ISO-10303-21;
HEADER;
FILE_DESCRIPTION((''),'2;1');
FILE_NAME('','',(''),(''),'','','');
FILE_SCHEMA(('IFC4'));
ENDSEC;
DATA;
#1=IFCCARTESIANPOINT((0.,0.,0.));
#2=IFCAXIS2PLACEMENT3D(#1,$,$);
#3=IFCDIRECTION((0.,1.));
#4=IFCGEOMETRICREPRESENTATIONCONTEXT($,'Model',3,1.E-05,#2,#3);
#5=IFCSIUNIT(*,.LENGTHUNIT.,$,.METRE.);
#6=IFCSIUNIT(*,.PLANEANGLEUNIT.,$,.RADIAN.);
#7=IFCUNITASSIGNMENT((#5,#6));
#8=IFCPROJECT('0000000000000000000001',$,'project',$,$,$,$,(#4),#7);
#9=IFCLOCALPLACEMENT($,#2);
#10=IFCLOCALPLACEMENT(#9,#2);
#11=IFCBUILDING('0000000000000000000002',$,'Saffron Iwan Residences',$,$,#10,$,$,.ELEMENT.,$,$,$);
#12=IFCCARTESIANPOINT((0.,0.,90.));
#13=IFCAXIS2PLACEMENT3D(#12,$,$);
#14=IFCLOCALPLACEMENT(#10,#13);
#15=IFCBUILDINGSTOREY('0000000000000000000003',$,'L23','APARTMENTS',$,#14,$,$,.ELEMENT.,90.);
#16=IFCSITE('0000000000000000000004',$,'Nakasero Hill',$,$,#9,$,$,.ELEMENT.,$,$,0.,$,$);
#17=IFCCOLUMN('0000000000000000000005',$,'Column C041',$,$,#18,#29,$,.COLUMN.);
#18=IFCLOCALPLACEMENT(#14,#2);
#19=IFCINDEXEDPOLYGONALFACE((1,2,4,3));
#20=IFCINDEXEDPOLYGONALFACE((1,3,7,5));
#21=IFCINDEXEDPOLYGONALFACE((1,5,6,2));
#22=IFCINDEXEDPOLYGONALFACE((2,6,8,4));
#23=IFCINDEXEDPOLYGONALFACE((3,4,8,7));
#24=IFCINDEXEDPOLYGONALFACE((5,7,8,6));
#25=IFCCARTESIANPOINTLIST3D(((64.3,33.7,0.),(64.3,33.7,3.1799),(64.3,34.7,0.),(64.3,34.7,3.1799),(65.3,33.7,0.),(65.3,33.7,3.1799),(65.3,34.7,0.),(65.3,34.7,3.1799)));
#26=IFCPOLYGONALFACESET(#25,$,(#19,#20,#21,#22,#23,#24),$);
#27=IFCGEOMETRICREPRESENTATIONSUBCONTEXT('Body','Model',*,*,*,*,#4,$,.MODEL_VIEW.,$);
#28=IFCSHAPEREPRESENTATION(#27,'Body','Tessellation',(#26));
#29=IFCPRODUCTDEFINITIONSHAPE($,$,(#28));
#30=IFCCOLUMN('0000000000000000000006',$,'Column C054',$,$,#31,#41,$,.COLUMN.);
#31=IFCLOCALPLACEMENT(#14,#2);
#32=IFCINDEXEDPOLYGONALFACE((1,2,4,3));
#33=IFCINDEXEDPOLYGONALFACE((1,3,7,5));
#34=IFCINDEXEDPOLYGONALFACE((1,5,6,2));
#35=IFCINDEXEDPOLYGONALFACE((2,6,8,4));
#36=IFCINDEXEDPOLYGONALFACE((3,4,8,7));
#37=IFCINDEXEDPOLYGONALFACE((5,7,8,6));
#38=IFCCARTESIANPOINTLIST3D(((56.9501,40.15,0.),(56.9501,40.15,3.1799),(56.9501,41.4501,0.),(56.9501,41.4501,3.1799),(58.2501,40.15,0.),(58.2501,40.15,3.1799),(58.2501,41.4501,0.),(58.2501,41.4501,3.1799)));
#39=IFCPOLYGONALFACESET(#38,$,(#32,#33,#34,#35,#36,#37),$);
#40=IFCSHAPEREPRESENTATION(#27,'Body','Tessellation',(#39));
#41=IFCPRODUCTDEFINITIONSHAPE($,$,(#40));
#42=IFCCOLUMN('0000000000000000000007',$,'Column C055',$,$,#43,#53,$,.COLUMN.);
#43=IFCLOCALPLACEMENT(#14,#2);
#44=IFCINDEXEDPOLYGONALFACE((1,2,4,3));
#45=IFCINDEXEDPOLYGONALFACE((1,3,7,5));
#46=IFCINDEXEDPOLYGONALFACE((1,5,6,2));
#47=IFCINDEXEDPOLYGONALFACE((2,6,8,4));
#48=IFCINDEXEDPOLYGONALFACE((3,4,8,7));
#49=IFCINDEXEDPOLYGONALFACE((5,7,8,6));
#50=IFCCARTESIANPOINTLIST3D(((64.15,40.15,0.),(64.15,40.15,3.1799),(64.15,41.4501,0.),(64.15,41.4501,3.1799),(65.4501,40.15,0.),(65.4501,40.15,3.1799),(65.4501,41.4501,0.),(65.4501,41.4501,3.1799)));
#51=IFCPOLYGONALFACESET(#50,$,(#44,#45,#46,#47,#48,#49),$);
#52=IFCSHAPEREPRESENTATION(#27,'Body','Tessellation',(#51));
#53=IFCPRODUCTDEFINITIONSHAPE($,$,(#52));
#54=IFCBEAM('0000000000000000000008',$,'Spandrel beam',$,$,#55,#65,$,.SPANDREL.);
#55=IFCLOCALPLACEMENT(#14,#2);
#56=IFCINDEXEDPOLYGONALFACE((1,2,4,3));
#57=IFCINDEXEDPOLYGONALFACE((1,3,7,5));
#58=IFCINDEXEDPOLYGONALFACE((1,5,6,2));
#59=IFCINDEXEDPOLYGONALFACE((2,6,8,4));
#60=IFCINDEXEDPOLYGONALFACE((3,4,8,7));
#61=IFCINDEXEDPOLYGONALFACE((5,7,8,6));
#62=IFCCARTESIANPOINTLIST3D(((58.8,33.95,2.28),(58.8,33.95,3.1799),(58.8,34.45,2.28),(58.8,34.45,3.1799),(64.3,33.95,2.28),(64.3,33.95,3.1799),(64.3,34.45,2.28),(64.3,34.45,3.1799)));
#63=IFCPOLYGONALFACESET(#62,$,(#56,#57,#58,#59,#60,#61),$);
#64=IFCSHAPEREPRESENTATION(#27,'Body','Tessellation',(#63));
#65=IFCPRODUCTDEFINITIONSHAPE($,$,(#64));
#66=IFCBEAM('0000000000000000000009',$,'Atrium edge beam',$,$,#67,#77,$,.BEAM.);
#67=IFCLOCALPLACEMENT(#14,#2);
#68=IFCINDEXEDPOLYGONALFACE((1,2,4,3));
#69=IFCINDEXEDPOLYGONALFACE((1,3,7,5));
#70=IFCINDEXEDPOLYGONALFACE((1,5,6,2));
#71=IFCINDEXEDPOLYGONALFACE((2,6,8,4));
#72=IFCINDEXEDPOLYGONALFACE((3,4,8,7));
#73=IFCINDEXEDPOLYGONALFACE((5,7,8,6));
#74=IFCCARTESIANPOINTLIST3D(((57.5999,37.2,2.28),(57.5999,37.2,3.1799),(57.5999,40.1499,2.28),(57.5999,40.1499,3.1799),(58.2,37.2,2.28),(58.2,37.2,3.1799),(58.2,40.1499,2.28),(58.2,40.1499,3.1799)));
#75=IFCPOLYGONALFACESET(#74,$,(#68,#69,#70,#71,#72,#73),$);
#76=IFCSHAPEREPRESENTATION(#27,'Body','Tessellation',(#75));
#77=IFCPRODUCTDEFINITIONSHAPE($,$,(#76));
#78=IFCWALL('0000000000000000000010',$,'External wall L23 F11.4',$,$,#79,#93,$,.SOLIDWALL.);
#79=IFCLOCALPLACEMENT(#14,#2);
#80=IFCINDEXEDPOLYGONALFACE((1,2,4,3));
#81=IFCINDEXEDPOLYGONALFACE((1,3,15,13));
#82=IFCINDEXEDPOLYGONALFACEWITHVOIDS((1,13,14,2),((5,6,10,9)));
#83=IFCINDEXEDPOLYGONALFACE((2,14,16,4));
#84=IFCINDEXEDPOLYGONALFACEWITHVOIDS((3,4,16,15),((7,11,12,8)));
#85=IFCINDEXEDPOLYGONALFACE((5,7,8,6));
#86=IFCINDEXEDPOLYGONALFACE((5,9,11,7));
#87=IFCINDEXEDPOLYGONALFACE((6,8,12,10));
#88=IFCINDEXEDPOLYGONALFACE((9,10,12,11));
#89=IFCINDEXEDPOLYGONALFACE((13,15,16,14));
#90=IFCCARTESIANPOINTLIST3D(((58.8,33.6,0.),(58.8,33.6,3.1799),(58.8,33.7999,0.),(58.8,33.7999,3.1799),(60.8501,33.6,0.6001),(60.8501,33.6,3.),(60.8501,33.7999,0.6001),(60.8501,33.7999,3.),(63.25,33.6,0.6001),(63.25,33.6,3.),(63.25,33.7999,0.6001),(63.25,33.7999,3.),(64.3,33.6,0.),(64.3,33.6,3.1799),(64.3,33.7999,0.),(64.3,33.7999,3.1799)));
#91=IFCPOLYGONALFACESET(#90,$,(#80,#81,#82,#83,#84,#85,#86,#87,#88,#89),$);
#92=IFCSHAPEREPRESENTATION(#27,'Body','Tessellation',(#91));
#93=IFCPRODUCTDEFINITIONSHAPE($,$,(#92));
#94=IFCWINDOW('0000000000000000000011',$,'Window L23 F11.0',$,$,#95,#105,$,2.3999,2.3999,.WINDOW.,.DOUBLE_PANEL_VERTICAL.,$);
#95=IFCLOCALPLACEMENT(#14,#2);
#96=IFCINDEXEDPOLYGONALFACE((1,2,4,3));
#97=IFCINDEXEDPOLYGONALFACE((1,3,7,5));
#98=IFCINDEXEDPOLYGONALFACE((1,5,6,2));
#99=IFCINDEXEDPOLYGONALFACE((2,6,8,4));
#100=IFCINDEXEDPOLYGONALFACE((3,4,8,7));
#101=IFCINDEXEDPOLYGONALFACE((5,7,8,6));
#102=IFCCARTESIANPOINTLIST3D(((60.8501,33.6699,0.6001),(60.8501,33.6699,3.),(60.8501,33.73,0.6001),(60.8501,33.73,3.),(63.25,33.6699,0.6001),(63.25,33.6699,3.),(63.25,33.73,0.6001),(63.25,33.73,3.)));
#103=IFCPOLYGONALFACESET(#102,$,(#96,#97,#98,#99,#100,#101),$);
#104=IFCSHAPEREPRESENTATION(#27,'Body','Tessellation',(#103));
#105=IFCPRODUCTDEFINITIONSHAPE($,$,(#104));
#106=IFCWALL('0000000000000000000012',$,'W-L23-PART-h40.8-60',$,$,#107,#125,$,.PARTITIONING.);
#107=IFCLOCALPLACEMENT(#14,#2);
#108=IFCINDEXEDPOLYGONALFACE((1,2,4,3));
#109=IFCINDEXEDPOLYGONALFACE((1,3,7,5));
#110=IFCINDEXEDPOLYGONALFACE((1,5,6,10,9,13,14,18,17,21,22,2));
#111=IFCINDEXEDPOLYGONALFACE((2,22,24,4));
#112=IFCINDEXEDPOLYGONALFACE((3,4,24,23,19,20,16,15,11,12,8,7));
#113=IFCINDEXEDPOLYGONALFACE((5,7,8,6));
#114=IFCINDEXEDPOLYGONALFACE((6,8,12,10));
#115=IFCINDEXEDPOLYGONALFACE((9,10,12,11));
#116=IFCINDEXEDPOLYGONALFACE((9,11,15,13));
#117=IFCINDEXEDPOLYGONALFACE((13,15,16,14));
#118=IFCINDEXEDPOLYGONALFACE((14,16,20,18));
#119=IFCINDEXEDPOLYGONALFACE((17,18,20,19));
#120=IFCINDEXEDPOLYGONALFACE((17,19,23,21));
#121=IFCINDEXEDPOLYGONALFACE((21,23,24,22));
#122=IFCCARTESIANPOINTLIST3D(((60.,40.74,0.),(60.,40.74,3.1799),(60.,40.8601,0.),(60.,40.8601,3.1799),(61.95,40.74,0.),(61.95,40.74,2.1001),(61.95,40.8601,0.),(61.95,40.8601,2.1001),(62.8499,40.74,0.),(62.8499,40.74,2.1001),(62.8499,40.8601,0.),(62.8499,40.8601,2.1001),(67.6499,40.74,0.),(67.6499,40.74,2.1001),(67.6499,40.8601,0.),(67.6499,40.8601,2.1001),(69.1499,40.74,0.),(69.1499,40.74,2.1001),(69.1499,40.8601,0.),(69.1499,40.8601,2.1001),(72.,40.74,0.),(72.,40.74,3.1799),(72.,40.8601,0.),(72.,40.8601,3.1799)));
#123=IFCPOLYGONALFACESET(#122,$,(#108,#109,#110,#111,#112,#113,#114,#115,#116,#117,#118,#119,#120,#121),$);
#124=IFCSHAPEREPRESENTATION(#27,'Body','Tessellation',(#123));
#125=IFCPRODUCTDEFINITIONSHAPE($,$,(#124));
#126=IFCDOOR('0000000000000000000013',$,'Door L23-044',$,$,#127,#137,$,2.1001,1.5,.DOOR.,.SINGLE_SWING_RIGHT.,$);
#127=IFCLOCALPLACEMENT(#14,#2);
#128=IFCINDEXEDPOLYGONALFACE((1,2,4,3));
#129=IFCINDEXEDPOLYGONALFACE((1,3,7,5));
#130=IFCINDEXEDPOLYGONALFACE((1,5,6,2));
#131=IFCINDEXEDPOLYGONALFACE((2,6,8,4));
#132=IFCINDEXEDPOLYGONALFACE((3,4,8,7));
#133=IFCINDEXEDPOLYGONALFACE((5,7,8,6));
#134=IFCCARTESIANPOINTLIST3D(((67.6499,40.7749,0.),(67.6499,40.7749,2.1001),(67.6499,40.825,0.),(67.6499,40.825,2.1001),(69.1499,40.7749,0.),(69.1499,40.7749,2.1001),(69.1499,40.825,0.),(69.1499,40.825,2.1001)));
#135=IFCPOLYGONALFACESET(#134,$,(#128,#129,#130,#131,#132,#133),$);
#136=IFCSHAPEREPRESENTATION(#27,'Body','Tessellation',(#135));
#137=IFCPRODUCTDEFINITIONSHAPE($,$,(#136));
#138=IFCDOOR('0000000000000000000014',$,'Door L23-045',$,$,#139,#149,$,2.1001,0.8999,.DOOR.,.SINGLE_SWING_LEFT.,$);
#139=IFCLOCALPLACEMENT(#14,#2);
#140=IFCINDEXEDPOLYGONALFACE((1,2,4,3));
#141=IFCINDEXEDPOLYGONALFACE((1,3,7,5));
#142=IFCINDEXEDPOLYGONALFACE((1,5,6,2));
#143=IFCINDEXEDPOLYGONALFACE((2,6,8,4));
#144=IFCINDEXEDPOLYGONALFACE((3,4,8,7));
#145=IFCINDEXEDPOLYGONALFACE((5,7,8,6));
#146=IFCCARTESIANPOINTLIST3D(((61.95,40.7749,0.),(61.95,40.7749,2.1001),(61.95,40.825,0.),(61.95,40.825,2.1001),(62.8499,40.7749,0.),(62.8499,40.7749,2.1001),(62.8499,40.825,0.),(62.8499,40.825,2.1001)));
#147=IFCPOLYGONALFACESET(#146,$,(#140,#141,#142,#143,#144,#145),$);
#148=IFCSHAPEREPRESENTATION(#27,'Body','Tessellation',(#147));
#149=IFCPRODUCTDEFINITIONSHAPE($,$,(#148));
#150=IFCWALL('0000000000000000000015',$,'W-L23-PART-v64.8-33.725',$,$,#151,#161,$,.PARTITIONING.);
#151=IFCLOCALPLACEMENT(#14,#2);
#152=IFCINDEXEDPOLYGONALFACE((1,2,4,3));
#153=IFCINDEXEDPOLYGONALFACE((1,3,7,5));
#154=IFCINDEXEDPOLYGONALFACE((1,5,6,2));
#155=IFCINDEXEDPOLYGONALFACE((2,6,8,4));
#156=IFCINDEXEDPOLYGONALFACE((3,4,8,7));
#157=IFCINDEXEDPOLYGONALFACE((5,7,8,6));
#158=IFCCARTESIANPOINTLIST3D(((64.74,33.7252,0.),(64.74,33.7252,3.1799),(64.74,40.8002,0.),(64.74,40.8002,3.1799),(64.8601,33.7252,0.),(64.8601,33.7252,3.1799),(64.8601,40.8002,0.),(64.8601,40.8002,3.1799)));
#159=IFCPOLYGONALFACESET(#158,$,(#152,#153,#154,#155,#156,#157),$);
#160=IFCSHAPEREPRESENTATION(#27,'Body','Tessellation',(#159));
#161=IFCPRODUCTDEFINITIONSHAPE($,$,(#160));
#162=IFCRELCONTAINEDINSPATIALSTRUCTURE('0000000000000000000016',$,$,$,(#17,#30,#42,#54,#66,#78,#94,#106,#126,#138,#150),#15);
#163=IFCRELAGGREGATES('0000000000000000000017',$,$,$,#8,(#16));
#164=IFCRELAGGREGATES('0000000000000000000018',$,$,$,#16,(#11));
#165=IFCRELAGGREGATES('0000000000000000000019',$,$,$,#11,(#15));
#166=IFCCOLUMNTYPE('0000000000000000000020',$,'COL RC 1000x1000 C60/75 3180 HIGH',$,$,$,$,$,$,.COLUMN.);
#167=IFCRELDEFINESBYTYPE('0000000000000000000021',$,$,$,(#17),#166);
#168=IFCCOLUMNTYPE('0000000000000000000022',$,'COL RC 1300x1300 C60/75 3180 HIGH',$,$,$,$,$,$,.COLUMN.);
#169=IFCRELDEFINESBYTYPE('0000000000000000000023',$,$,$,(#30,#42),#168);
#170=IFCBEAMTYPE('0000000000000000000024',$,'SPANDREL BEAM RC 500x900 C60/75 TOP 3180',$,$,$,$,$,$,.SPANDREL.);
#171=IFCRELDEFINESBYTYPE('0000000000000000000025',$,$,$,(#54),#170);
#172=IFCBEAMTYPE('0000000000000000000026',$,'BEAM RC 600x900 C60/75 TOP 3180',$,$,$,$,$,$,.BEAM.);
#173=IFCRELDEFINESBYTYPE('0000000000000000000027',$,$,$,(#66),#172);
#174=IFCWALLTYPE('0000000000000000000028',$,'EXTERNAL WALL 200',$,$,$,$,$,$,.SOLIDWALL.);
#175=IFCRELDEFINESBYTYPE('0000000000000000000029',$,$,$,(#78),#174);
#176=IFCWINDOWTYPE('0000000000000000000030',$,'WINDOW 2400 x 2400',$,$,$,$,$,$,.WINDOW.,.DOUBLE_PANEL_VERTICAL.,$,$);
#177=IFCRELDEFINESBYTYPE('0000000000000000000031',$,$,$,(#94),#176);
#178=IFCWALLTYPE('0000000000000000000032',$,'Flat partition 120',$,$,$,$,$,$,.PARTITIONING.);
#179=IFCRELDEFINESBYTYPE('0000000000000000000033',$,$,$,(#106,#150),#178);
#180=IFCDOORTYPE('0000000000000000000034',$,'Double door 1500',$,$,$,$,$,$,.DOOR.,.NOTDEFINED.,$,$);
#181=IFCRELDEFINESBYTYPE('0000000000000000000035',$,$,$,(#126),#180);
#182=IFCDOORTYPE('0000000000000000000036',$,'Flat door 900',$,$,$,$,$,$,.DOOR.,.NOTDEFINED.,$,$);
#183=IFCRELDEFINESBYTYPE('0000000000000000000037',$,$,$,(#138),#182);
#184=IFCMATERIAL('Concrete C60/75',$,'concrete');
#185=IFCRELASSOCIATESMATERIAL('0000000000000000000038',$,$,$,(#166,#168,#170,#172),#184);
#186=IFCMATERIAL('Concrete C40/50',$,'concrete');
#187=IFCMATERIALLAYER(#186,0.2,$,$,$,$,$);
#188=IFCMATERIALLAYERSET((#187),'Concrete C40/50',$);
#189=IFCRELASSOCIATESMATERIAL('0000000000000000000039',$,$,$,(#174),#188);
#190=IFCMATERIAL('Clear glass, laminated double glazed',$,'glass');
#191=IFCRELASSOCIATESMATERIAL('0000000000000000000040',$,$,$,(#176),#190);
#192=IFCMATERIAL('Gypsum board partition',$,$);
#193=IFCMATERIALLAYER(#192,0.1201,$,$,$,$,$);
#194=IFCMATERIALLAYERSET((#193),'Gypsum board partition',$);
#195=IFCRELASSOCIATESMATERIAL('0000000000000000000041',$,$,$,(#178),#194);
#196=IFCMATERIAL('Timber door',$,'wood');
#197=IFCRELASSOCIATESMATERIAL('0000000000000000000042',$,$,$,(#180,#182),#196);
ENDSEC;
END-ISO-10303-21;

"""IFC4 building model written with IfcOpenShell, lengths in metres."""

from ifc_helpers import new_model, si_unit, direction, frame, frame_2d, origin, origin_2d, place, context, subcontext, project, spatial, rectangle, extrude, source, transform, mapped, material, layer, layer_set, material_profile, profile_set, type_object, element, fill, save


model = new_model("IFC4")

# Units and contexts
model_context = context("Model", 3, precision=1e-05, world=origin(), true_north=direction((0.0, 1.0)))
body_context = subcontext(model_context, "Body", "Model", "MODEL_VIEW")
ifc_project = project(units=[si_unit("LENGTHUNIT", "METRE"), si_unit("PLANEANGLEUNIT", "RADIAN")], contexts=[model_context])

# Site, building, storey
site_placement = place(None, origin())
site = spatial("IfcSite", under=ifc_project, at=site_placement, Name="Nakasero Hill", CompositionType="ELEMENT", RefElevation=0.0)
building_placement = place(site_placement, origin())
building = spatial("IfcBuilding", under=site, at=building_placement, Name="Saffron Iwan Residences", CompositionType="ELEMENT")
storey_placement = place(building_placement, frame((0.0, 0.0, 90.0)))
storey = spatial("IfcBuildingStorey", under=building, at=storey_placement, Name="L23", Description="APARTMENTS", CompositionType="ELEMENT", Elevation=90.0)

# Columns
ifc_material_1 = material(Name="Concrete C60/75", Category="concrete")
ifc_material_profile_1 = material_profile(ifc_material_1, rectangle(XDim=1.0, YDim=1.0, at=origin_2d()), Name="RC 1000x1000")
ifc_profile_set_1 = profile_set([ifc_material_profile_1], Name="Concrete C60/75")
column_type_1 = type_object("IfcColumnType", Name="COL RC 1000x1000 C60/75 3180 HIGH", PredefinedType="COLUMN", material=ifc_profile_set_1)
shared_shape_1 = source(origin(), body_context, "Body", "SweptSolid", [
    extrude(rectangle(XDim=1.0, YDim=1.0, at=origin_2d()), origin(), (0.0, 0.0, 1.0), 3.1799),
])
column_placement = place(storey_placement, frame((64.8, 34.2, 0.0), z_axis=(0.0, 0.0, 1.0), x_axis=(1.0, 0.0, 0.0)))
element("IfcColumn", 1, at=column_placement, inside=storey, type_object=column_type_1, Name="Column C041", PredefinedType="COLUMN", context=body_context, shape_type="MappedRepresentation", body=[
    mapped(shared_shape_1, transform((0.0, 0.0, 0.0))),
])
ifc_material_profile_2 = material_profile(ifc_material_1, rectangle(XDim=1.3, YDim=1.3, at=origin_2d()), Name="RC 1300x1300")
ifc_profile_set_2 = profile_set([ifc_material_profile_2], Name="Concrete C60/75")
column_type_2 = type_object("IfcColumnType", Name="COL RC 1300x1300 C60/75 3180 HIGH", PredefinedType="COLUMN", material=ifc_profile_set_2)
shared_shape_2 = source(origin(), body_context, "Body", "SweptSolid", [
    extrude(rectangle(XDim=1.3, YDim=1.3, at=origin_2d()), origin(), (0.0, 0.0, 1.0), 3.1799),
])
for number, where, z_axis, x_axis, name in (
    (2, (57.6001, 40.8, 0.0), (0.0, 0.0, 1.0), (1.0, 0.0, 0.0), "Column C054"),
    (3, (64.8, 40.8, 0.0), (0.0, 0.0, 1.0), (1.0, 0.0, 0.0), "Column C055"),
):
    element("IfcColumn", number, at=place(storey_placement, frame(where, z_axis=z_axis, x_axis=x_axis)), inside=storey, type_object=column_type_2, Name=name, PredefinedType="COLUMN", context=body_context, shape_type="MappedRepresentation", body=[
        mapped(shared_shape_2, transform((0.0, 0.0, 0.0))),
    ])

# Beams
ifc_material_profile_3 = material_profile(ifc_material_1, rectangle(XDim=0.5, YDim=0.8999, at=origin_2d()), Name="RC 500x900")
ifc_profile_set_3 = profile_set([ifc_material_profile_3], Name="Concrete C60/75")
beam_type_1 = type_object("IfcBeamType", Name="SPANDREL BEAM RC 500x900 C60/75 TOP 3180", PredefinedType="SPANDREL", material=ifc_profile_set_3)
shared_shape_3 = source(origin(), body_context, "Body", "SweptSolid", [
    extrude(rectangle(XDim=0.5, YDim=0.8999, at=origin_2d()), origin(), (0.0, 0.0, 1.0), 5.5),
])
beam_1_placement = place(storey_placement, frame((64.3, 34.2, 2.73), z_axis=(-1.0, 0.0, 0.0), x_axis=(0.0, -1.0, 0.0)))
element("IfcBeam", 4, at=beam_1_placement, inside=storey, type_object=beam_type_1, Name="Spandrel beam", PredefinedType="SPANDREL", context=body_context, shape_type="MappedRepresentation", body=[
    mapped(shared_shape_3, transform((0.0, 0.0, 0.0))),
])
ifc_material_profile_4 = material_profile(ifc_material_1, rectangle(XDim=0.6001, YDim=0.8999, at=origin_2d()), Name="RC 600x900")
ifc_profile_set_4 = profile_set([ifc_material_profile_4], Name="Concrete C60/75")
beam_type_2 = type_object("IfcBeamType", Name="BEAM RC 600x900 C60/75 TOP 3180", PredefinedType="BEAM", material=ifc_profile_set_4)
shared_shape_4 = source(origin(), body_context, "Body", "SweptSolid", [
    extrude(rectangle(XDim=0.6001, YDim=0.8999, at=origin_2d()), origin(), (0.0, 0.0, 1.0), 2.95),
])
beam_2_placement = place(storey_placement, frame((57.8999, 40.1499, 2.73), z_axis=(0.0, -1.0, 0.0), x_axis=(1.0, 0.0, 0.0)))
element("IfcBeam", 5, at=beam_2_placement, inside=storey, type_object=beam_type_2, Name="Atrium edge beam", PredefinedType="BEAM", context=body_context, shape_type="MappedRepresentation", body=[
    mapped(shared_shape_4, transform((0.0, 0.0, 0.0))),
])

# Wall, opening, window
ifc_material_2 = material(Name="Concrete C40/50", Category="concrete")
ifc_layer_1 = layer(ifc_material_2, 0.2)
ifc_layer_set_1 = layer_set([ifc_layer_1], Name="Concrete C40/50")
wall_type_1 = type_object("IfcWallType", Name="EXTERNAL WALL 200", PredefinedType="SOLIDWALL", material=ifc_layer_set_1)
wall_1_placement = place(storey_placement, frame((58.8, 33.7, 0.0), z_axis=(0.0, 0.0, 1.0), x_axis=(1.0, 0.0, 0.0)))
wall_1 = element("IfcWall", 6, at=wall_1_placement, inside=storey, type_object=wall_type_1, Name="External wall L23 F11.4", PredefinedType="SOLIDWALL", context=body_context, shape_type="SweptSolid", body=[
    extrude(rectangle(XDim=5.5, YDim=0.2, at=frame_2d((2.75, 0.0))), origin(), (0.0, 0.0, 1.0), 3.1799),
])
opening_1_placement = place(wall_1_placement, frame((2.05, 0.0, 0.6001)))
opening_1 = element("IfcOpeningElement", 7, at=opening_1_placement, cuts=wall_1, PredefinedType="OPENING", context=body_context, shape_type="SweptSolid", body=[
    extrude(rectangle(XDim=2.3999, YDim=2.3999, at=frame_2d((1.2, 1.2))), frame((0.0, 0.1099, 0.0), z_axis=(0.0, -1.0, 0.0), x_axis=(1.0, 0.0, 0.0)), (0.0, 0.0, 1.0), 0.22),
])
ifc_material_3 = material(Name="Clear glass, laminated double glazed", Category="glass")
window_type_1 = type_object("IfcWindowType", Name="WINDOW 2400 x 2400", PartitioningType="DOUBLE_PANEL_VERTICAL", PredefinedType="WINDOW", material=ifc_material_3)
window_1_placement = place(opening_1_placement, origin())
window_1 = element("IfcWindow", 8, at=window_1_placement, inside=storey, type_object=window_type_1, Name="Window L23 F11.0", OverallHeight=2.3999, OverallWidth=2.3999, PartitioningType="DOUBLE_PANEL_VERTICAL", PredefinedType="WINDOW", context=body_context, shape_type="SweptSolid", body=[
    extrude(rectangle(XDim=2.3999, YDim=2.3999, at=frame_2d((1.2, 1.2))), frame((0.0, 0.03, 0.0), z_axis=(0.0, -1.0, 0.0), x_axis=(1.0, 0.0, 0.0)), (0.0, 0.0, 1.0), 0.0601),
])
fill(opening_1, window_1)

# Wall, openings, doors
ifc_material_4 = material(Name="Gypsum board partition")
ifc_layer_2 = layer(ifc_material_4, 0.1201)
ifc_layer_set_2 = layer_set([ifc_layer_2], Name="Gypsum board partition")
wall_type_2 = type_object("IfcWallType", Name="Flat partition 120", PredefinedType="PARTITIONING", material=ifc_layer_set_2)
wall_2_placement = place(storey_placement, frame((60.0, 40.8, 0.0), z_axis=(0.0, 0.0, 1.0), x_axis=(1.0, 0.0, 0.0)))
wall_2 = element("IfcWall", 9, at=wall_2_placement, inside=storey, type_object=wall_type_2, Name="W-L23-PART-h40.8-60", PredefinedType="PARTITIONING", context=body_context, shape_type="SweptSolid", body=[
    extrude(rectangle(XDim=12.0, YDim=0.1201, at=frame_2d((6.0, 0.0))), origin(), (0.0, 0.0, 1.0), 3.1799),
])
opening_2_placement = place(wall_2_placement, frame((7.6499, 0.0, 0.0)))
opening_2 = element("IfcOpeningElement", 10, at=opening_2_placement, cuts=wall_2, PredefinedType="OPENING", context=body_context, shape_type="SweptSolid", body=[
    extrude(rectangle(XDim=1.5, YDim=2.1001, at=frame_2d((0.75, 1.05))), frame((0.0, 0.0701, 0.0), z_axis=(0.0, -1.0, 0.0), x_axis=(1.0, 0.0, 0.0)), (0.0, 0.0, 1.0), 0.1401),
])
opening_3_placement = place(wall_2_placement, frame((1.95, 0.0, 0.0)))
opening_3 = element("IfcOpeningElement", 11, at=opening_3_placement, cuts=wall_2, PredefinedType="OPENING", context=body_context, shape_type="SweptSolid", body=[
    extrude(rectangle(XDim=0.8999, YDim=2.1001, at=frame_2d((0.45, 1.05))), frame((0.0, 0.0701, 0.0), z_axis=(0.0, -1.0, 0.0), x_axis=(1.0, 0.0, 0.0)), (0.0, 0.0, 1.0), 0.1401),
])
ifc_material_5 = material(Name="Timber door", Category="wood")
door_type_1 = type_object("IfcDoorType", Name="Double door 1500", OperationType="NOTDEFINED", PredefinedType="DOOR", material=ifc_material_5)
door_1_placement = place(opening_2_placement, origin())
door_1 = element("IfcDoor", 12, at=door_1_placement, inside=storey, type_object=door_type_1, Name="Door L23-044", OperationType="SINGLE_SWING_RIGHT", OverallHeight=2.1001, OverallWidth=1.5, PredefinedType="DOOR", context=body_context, shape_type="SweptSolid", body=[
    extrude(rectangle(XDim=1.5, YDim=2.1001, at=frame_2d((0.75, 1.05))), frame((0.0, 0.0249, 0.0), z_axis=(0.0, -1.0, 0.0), x_axis=(1.0, 0.0, 0.0)), (0.0, 0.0, 1.0), 0.05),
])
fill(opening_2, door_1)
door_type_2 = type_object("IfcDoorType", Name="Flat door 900", OperationType="NOTDEFINED", PredefinedType="DOOR", material=ifc_material_5)
door_2_placement = place(opening_3_placement, origin())
door_2 = element("IfcDoor", 13, at=door_2_placement, inside=storey, type_object=door_type_2, Name="Door L23-045", OperationType="SINGLE_SWING_LEFT", OverallHeight=2.1001, OverallWidth=0.8999, PredefinedType="DOOR", context=body_context, shape_type="SweptSolid", body=[
    extrude(rectangle(XDim=0.8999, YDim=2.1001, at=frame_2d((0.45, 1.05))), frame((0.0, 0.0249, 0.0), z_axis=(0.0, -1.0, 0.0), x_axis=(1.0, 0.0, 0.0)), (0.0, 0.0, 1.0), 0.05),
])
fill(opening_3, door_2)

# Wall
wall_3_placement = place(storey_placement, frame((64.8, 33.7251, 0.0), z_axis=(0.0, 0.0, 1.0), x_axis=(0.0, 1.0, 0.0)))
element("IfcWall", 14, at=wall_3_placement, inside=storey, type_object=wall_type_2, Name="W-L23-PART-v64.8-33.725", PredefinedType="PARTITIONING", context=body_context, shape_type="SweptSolid", body=[
    extrude(rectangle(XDim=7.075, YDim=0.1201, at=frame_2d((3.5376, 0.0))), origin(), (0.0, 0.0, 1.0), 3.1799),
])

save(model, "model.ifc")
